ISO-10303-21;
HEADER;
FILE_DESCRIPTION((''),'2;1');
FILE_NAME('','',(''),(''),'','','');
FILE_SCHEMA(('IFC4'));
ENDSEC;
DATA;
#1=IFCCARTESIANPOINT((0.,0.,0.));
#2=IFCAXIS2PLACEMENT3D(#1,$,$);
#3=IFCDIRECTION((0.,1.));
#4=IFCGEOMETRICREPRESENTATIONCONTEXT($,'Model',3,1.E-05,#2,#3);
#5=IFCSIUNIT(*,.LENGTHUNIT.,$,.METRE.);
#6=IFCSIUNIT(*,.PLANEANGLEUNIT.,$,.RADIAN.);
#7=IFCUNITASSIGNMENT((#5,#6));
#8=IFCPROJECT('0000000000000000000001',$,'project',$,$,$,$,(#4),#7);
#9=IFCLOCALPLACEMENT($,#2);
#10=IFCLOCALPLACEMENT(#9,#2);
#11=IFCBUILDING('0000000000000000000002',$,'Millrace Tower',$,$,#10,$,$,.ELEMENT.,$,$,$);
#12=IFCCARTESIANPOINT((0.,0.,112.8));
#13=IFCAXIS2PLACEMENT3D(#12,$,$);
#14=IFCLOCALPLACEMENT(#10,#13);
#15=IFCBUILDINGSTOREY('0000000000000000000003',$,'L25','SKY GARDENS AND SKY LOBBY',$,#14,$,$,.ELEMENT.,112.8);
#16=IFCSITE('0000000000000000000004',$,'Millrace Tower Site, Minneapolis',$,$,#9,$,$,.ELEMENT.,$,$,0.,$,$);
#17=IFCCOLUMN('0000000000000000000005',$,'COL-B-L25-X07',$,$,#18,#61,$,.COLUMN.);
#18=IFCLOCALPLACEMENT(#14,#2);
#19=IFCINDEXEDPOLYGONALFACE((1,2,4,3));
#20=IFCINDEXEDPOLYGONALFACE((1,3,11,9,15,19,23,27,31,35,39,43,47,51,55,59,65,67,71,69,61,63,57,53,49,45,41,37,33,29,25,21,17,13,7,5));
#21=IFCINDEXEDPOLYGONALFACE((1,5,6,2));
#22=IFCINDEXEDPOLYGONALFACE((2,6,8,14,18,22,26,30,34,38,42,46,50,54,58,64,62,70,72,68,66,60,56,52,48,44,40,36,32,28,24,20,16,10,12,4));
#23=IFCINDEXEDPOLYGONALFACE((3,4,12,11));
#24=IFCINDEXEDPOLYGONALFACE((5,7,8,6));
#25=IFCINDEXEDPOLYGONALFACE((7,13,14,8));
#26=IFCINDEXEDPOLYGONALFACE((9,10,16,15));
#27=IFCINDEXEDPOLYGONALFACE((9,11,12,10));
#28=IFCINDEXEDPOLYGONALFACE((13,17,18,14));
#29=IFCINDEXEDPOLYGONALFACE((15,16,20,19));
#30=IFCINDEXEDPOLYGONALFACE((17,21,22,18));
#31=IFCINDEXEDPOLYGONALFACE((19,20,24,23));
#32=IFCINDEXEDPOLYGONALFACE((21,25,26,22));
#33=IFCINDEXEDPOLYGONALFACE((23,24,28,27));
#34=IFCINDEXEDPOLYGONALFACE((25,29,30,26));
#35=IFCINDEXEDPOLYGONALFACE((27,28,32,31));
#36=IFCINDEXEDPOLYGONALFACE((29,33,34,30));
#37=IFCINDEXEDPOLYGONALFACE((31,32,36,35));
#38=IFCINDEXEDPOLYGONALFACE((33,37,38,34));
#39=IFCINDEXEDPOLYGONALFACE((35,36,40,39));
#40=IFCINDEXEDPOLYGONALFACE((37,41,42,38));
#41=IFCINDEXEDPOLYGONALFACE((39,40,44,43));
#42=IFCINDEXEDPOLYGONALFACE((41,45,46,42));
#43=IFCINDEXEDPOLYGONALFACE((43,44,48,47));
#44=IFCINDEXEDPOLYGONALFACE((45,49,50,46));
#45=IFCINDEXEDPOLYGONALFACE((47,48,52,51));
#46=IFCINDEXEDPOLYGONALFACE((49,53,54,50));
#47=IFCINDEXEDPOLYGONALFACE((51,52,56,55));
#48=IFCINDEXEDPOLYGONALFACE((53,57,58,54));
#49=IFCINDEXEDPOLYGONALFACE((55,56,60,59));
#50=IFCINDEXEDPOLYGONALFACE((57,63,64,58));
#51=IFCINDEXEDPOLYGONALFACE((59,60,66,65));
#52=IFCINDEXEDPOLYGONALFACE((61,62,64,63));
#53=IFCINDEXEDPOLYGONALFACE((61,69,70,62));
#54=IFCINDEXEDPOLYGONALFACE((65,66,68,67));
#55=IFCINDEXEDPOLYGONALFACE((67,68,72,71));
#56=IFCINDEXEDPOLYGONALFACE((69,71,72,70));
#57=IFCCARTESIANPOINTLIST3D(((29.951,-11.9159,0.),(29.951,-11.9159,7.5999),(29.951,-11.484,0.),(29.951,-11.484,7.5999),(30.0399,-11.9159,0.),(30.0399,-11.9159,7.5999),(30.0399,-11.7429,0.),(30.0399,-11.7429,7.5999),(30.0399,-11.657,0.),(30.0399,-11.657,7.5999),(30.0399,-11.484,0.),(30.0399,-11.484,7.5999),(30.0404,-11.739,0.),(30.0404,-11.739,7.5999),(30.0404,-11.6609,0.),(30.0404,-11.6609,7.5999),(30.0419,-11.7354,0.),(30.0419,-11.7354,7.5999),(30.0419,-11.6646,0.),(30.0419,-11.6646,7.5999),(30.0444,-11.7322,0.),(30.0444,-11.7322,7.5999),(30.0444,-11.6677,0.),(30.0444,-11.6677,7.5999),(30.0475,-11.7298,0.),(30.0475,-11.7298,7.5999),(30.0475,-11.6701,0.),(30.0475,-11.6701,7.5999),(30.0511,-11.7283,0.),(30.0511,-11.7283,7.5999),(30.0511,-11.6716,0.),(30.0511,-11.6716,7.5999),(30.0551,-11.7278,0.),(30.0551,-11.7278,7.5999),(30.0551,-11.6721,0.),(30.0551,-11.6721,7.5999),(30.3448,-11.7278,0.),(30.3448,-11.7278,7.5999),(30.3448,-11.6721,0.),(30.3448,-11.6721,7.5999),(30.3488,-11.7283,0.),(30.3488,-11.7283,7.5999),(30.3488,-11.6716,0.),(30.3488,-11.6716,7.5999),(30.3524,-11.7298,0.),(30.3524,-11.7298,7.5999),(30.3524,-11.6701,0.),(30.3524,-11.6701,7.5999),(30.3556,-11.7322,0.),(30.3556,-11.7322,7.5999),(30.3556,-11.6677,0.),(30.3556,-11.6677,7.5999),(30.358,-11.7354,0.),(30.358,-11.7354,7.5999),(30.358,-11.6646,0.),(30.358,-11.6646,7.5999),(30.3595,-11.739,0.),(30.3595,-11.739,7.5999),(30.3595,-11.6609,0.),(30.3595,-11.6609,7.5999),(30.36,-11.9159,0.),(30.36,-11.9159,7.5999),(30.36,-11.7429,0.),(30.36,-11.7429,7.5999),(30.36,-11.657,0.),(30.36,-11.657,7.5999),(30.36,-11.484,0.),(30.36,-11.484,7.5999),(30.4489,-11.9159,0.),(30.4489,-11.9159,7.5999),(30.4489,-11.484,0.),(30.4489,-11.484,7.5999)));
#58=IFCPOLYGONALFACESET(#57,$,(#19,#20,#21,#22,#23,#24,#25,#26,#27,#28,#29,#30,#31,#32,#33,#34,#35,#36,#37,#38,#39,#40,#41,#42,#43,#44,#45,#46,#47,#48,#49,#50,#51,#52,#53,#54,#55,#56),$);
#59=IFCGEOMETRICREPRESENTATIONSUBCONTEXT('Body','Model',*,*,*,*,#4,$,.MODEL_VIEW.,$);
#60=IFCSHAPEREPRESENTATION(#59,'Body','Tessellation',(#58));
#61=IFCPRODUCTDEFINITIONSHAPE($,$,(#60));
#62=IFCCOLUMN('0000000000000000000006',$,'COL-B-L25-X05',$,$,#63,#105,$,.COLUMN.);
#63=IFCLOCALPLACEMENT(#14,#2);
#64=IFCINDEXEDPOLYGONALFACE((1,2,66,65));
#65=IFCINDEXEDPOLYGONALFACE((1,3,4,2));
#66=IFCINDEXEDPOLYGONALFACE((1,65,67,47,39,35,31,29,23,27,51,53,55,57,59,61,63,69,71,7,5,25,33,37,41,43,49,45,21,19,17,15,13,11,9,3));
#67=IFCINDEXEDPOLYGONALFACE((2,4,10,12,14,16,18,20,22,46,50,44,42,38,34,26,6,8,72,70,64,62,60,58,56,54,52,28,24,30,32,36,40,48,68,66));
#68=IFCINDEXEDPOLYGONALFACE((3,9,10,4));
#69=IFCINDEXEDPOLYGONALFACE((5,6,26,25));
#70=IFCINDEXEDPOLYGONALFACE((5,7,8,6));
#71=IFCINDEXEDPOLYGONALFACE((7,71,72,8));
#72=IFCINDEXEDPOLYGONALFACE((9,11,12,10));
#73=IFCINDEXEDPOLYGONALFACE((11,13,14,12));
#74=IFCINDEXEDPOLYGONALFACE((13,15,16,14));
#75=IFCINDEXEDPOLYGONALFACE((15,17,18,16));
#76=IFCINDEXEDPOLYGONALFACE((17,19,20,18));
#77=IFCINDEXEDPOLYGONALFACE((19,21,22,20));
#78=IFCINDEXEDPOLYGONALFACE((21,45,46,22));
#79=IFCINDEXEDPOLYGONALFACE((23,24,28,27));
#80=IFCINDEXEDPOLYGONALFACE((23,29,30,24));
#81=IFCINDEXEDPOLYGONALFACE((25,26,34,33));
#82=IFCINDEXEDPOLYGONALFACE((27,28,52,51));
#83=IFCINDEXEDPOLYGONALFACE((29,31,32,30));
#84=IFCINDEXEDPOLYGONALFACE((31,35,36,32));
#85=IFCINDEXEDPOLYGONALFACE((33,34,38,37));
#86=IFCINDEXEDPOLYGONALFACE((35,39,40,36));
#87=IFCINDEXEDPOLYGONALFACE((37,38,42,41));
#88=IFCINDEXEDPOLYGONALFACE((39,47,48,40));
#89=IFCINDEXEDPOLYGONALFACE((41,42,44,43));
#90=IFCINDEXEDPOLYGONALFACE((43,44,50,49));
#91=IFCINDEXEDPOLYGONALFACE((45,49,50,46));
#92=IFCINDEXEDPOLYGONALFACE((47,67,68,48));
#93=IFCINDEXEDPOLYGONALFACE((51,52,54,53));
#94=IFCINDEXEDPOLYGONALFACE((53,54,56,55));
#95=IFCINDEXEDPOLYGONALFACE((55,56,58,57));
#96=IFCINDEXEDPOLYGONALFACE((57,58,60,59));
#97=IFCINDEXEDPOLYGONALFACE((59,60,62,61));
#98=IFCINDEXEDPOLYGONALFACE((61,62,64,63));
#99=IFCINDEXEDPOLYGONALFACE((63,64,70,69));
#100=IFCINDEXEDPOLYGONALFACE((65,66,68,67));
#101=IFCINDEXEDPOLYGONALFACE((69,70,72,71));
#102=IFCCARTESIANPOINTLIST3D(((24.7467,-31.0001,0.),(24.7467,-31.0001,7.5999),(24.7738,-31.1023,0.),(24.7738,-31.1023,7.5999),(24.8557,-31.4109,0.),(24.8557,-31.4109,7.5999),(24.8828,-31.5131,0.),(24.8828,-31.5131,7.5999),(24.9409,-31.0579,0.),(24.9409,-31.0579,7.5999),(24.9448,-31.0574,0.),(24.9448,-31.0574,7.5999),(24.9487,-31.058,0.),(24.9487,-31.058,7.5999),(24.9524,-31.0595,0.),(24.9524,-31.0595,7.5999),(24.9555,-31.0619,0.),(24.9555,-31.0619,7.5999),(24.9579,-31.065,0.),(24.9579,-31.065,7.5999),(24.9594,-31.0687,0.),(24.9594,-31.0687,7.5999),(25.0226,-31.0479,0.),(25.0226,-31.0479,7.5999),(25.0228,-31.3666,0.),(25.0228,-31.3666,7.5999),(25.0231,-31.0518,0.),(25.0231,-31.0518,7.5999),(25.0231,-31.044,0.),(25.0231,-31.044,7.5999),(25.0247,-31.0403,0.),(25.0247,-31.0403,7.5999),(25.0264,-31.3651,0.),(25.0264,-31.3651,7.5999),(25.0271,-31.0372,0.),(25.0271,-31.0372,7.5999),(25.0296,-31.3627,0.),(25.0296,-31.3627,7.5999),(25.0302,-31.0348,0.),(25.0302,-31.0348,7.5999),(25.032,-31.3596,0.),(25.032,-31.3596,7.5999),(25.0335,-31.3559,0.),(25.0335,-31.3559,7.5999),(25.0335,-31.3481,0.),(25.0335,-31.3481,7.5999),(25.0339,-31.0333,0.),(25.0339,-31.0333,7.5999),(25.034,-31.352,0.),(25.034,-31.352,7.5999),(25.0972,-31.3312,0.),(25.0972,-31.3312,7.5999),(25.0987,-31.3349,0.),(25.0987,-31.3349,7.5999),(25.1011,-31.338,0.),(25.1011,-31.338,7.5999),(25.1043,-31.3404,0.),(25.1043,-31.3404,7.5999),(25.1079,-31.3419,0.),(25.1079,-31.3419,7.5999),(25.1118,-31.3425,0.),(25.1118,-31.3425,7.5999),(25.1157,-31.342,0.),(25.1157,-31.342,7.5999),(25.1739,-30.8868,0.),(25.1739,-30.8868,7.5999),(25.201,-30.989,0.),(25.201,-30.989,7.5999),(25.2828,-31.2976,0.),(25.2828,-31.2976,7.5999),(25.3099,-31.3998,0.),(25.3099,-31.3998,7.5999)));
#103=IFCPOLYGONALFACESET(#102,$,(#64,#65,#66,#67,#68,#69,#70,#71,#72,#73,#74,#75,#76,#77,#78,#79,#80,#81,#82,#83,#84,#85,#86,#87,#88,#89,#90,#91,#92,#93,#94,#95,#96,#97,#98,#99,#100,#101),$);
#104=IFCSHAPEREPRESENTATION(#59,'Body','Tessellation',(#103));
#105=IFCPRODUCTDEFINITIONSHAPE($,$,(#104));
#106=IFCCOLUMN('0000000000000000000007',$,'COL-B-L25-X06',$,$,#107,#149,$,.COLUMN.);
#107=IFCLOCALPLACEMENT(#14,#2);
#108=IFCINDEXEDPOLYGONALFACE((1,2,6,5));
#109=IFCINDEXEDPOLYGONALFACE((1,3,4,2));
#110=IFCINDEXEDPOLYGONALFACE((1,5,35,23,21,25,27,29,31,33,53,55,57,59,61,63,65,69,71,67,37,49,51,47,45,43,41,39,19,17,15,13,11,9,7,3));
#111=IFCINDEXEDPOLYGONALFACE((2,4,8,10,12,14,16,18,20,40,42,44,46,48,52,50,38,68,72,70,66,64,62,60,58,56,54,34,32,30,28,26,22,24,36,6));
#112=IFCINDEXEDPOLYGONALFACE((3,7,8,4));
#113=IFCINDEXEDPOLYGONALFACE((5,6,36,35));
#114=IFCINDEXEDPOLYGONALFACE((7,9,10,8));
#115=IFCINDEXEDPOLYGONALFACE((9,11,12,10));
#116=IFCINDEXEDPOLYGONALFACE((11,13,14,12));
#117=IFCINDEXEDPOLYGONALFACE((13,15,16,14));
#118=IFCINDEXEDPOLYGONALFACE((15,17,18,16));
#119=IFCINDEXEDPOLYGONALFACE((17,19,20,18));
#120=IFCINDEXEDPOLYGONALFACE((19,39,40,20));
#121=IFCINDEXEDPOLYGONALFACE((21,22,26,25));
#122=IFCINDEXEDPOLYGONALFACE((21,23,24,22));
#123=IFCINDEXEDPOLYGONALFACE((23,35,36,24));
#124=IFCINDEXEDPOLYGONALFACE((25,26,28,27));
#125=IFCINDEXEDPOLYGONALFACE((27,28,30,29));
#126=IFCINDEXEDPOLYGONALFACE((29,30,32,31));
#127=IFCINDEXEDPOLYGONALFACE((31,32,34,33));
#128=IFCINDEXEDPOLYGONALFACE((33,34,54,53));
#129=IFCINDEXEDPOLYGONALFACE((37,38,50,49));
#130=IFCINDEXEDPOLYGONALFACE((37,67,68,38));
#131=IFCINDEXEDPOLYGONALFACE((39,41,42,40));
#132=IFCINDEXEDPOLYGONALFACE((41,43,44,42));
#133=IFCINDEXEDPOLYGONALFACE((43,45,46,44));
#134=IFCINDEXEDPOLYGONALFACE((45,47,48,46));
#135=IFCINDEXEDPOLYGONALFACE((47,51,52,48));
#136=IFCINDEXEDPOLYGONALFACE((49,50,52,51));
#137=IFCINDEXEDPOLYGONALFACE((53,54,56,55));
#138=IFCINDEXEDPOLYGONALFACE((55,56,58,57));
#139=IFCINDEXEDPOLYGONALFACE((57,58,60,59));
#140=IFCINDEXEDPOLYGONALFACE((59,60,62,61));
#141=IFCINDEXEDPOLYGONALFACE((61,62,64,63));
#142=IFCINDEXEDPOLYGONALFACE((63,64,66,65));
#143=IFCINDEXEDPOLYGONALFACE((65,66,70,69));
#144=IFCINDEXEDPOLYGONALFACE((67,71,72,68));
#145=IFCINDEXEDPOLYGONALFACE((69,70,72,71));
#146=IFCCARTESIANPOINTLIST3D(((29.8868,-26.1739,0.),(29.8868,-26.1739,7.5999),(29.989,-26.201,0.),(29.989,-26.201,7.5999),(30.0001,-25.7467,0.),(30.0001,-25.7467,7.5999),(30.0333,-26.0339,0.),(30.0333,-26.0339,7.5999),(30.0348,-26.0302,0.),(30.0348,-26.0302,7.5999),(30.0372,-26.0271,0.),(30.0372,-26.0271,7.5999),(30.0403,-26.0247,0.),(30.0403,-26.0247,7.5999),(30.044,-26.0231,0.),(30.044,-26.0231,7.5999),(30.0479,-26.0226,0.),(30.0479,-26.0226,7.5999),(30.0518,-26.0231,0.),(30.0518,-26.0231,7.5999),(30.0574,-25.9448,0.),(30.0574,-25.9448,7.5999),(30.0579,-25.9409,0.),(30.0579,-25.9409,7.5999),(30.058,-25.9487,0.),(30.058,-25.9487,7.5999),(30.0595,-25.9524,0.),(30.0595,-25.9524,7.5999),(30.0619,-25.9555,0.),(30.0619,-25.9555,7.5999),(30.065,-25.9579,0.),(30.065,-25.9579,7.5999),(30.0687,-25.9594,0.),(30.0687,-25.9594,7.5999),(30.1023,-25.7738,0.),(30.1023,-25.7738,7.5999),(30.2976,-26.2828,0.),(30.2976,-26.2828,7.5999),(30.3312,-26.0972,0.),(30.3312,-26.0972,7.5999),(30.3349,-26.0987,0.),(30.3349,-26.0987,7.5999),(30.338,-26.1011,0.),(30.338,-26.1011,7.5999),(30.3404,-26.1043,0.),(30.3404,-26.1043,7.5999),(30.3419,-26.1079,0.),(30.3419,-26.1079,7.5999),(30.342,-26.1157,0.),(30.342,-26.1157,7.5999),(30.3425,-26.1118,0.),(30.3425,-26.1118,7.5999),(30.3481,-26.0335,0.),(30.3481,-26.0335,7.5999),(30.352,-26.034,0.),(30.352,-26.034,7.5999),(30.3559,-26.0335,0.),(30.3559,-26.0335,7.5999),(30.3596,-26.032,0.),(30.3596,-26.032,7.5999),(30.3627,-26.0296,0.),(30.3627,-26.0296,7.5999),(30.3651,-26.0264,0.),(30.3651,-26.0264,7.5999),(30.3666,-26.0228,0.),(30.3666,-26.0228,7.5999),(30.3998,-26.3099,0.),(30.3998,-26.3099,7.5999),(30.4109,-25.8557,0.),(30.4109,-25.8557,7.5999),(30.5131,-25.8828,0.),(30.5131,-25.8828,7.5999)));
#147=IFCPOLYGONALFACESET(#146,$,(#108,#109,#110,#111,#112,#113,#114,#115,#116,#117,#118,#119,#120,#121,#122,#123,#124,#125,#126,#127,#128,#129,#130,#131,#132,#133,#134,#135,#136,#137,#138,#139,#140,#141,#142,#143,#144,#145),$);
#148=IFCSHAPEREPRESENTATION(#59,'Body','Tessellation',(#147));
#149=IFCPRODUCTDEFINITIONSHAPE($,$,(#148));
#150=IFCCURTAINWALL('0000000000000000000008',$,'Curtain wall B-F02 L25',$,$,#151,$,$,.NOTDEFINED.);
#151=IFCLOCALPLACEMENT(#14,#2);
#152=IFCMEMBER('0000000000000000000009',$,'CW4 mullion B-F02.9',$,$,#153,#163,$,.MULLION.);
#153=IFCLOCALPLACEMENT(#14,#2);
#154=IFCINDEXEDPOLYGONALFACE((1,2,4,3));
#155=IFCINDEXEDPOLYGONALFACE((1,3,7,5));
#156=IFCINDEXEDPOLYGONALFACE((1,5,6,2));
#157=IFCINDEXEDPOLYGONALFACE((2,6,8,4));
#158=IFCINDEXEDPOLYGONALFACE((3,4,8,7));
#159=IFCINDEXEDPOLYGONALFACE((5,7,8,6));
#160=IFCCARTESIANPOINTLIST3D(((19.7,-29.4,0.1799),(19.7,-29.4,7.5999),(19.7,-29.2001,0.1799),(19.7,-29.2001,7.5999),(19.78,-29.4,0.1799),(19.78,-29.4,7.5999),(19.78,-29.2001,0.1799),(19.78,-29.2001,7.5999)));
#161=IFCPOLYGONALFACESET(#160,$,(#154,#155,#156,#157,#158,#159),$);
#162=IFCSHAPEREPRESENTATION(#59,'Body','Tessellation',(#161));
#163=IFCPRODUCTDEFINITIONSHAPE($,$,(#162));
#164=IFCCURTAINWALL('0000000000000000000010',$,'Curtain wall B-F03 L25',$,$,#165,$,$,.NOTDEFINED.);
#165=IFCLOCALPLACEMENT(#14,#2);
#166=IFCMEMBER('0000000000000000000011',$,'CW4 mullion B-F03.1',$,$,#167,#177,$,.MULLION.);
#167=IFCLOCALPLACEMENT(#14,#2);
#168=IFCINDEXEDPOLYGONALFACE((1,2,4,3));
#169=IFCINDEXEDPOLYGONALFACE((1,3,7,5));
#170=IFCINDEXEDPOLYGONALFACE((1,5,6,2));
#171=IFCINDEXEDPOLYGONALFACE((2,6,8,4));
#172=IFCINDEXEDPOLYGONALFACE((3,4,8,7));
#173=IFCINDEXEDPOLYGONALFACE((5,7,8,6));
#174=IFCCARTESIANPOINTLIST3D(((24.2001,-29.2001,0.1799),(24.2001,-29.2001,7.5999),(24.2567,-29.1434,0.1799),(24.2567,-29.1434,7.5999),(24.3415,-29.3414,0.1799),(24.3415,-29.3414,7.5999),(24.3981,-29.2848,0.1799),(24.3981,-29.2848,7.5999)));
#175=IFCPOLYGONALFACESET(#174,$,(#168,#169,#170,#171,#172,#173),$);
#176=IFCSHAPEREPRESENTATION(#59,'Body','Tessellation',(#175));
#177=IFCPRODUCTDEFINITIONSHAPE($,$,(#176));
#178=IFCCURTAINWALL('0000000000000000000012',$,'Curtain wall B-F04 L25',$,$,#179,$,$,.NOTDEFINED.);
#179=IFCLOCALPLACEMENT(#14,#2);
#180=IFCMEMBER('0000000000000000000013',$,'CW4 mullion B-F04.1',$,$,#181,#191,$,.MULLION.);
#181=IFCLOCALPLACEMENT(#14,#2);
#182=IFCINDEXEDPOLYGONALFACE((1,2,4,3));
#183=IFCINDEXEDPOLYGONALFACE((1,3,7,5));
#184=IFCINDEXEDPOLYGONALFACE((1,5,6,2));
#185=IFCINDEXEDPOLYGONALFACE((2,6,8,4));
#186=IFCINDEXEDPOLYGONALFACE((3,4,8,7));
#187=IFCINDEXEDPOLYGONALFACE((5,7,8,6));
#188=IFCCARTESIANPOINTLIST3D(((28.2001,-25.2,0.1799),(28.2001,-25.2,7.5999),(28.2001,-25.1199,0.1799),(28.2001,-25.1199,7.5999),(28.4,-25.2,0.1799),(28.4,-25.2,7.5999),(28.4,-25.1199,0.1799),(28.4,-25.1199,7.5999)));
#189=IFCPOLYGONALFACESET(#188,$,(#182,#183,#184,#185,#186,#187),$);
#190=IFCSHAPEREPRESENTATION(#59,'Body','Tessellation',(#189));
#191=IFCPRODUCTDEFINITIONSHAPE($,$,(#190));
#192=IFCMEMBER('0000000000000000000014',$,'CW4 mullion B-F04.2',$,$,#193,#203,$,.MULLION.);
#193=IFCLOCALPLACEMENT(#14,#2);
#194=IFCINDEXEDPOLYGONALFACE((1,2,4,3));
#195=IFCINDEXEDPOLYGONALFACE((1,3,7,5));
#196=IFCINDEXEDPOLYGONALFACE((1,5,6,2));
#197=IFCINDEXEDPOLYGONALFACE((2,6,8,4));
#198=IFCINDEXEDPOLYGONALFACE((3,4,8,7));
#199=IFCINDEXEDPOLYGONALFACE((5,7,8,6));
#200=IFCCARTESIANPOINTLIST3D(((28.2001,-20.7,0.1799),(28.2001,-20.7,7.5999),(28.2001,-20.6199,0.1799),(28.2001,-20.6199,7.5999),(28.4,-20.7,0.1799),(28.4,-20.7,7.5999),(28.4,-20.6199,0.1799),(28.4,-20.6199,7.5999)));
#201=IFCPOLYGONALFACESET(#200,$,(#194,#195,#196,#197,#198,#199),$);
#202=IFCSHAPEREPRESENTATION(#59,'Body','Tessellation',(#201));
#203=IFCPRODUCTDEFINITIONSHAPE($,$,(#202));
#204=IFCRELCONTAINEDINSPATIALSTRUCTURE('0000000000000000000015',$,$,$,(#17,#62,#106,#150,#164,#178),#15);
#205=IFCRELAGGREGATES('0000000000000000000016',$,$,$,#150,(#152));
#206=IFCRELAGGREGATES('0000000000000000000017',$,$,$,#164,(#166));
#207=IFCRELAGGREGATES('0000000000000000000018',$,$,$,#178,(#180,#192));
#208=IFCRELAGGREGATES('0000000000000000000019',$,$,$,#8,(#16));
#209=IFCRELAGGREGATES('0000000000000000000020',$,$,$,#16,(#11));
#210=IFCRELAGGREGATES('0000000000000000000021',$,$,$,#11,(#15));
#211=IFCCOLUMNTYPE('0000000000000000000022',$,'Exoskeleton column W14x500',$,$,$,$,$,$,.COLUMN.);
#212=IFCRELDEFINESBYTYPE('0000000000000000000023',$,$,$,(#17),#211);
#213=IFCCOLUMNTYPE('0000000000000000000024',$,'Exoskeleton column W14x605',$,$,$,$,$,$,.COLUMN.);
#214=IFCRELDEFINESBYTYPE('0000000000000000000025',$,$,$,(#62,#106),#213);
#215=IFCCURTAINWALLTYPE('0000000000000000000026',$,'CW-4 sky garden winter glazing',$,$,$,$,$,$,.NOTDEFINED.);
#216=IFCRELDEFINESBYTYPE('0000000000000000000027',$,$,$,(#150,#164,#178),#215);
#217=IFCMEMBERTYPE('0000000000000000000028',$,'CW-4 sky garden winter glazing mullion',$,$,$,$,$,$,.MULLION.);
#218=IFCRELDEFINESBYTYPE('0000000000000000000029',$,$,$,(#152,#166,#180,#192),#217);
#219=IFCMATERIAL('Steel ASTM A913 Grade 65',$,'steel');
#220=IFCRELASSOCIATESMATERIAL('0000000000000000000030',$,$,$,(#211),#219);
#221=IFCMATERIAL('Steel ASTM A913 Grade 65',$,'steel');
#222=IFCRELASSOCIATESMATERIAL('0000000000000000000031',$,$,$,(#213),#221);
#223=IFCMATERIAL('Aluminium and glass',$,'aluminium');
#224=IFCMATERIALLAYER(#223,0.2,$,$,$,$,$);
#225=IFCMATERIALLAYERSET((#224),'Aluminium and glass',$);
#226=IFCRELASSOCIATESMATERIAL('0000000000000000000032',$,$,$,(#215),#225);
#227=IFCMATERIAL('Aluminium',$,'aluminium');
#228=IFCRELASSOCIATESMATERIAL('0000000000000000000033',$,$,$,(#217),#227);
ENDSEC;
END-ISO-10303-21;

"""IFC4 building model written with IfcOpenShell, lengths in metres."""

from ifc_helpers import new_model, si_unit, direction, frame, origin, origin_2d, place, context, subcontext, project, spatial, rectangle, i_section, extrude, material, layer, layer_set, material_profile, profile_set, type_object, element, aggregate, save


model = new_model("IFC4")

# Units and contexts
model_context = context("Model", 3, precision=1e-05, world=origin(), true_north=direction((0.0, 1.0)))
body_context = subcontext(model_context, "Body", "Model", "MODEL_VIEW")
ifc_project = project(units=[si_unit("LENGTHUNIT", "METRE"), si_unit("PLANEANGLEUNIT", "RADIAN")], contexts=[model_context])

# Site, building, storey
site_placement = place(None, origin())
site = spatial("IfcSite", under=ifc_project, at=site_placement, Name="Millrace Tower Site, Minneapolis", CompositionType="ELEMENT", RefElevation=0.0)
building_placement = place(site_placement, origin())
building = spatial("IfcBuilding", under=site, at=building_placement, Name="Millrace Tower", CompositionType="ELEMENT")
storey_placement = place(building_placement, frame((0.0, 0.0, 112.8)))
storey = spatial("IfcBuildingStorey", under=building, at=storey_placement, Name="L25", Description="SKY GARDENS AND SKY LOBBY", CompositionType="ELEMENT", Elevation=112.8)

# Columns
ifc_material_1 = material(Name="Steel ASTM A913 Grade 65", Category="steel")
ifc_material_profile_1 = material_profile(ifc_material_1, i_section(OverallWidth=0.4319, OverallDepth=0.4978, WebThickness=0.0557, FlangeThickness=0.0889, FilletRadius=0.0151, at=origin_2d()))
ifc_profile_set_1 = profile_set([ifc_material_profile_1], Name="Steel ASTM A913 Grade 65")
column_type_1 = type_object("IfcColumnType", Name="Exoskeleton column W14x500", PredefinedType="COLUMN", material=ifc_profile_set_1)
column_placement = place(storey_placement, frame((30.2, -11.7, 0.0), z_axis=(0.0, 0.0, 1.0), x_axis=(0.0, 1.0, 0.0)))
element("IfcColumn", 1, at=column_placement, inside=storey, type_object=column_type_1, Name="COL-B-L25-X07", PredefinedType="COLUMN", context=body_context, shape_type="SweptSolid", body=[
    extrude(i_section(OverallWidth=0.4319, OverallDepth=0.4978, WebThickness=0.0557, FlangeThickness=0.0889, FilletRadius=0.0151, at=origin_2d()), origin(), (0.0, 0.0, 1.0), 7.5999),
])
ifc_material_2 = material(Name="Steel ASTM A913 Grade 65", Category="steel")
ifc_material_profile_2 = material_profile(ifc_material_2, i_section(OverallWidth=0.4419, OverallDepth=0.5308, WebThickness=0.0659, FlangeThickness=0.1057, FilletRadius=0.0151, at=origin_2d()))
ifc_profile_set_2 = profile_set([ifc_material_profile_2], Name="Steel ASTM A913 Grade 65")
column_type_2 = type_object("IfcColumnType", Name="Exoskeleton column W14x605", PredefinedType="COLUMN", material=ifc_profile_set_2)
for number, where, z_axis, x_axis, name in (
    (2, (25.0283, -31.2, 0.0), (0.0, 0.0, 1.0), (0.966585, 0.256347, 0.0), "COL-B-L25-X05"),
    (3, (30.2, -26.0283, 0.0), (0.0, 0.0, 1.0), (0.256347, 0.966585, 0.0), "COL-B-L25-X06"),
):
    element("IfcColumn", number, at=place(storey_placement, frame(where, z_axis=z_axis, x_axis=x_axis)), inside=storey, type_object=column_type_2, Name=name, PredefinedType="COLUMN", context=body_context, shape_type="SweptSolid", body=[
        extrude(i_section(OverallWidth=0.4419, OverallDepth=0.5308, WebThickness=0.0659, FlangeThickness=0.1057, FilletRadius=0.0151, at=origin_2d()), origin(), (0.0, 0.0, 1.0), 7.5999),
    ])

# Curtain walls, members
ifc_material_3 = material(Name="Aluminium and glass", Category="aluminium")
ifc_layer_1 = layer(ifc_material_3, 0.2)
ifc_layer_set_1 = layer_set([ifc_layer_1], Name="Aluminium and glass")
curtain_wall_type = type_object("IfcCurtainWallType", Name="CW-4 sky garden winter glazing", PredefinedType="NOTDEFINED", material=ifc_layer_set_1)
placement = place(storey_placement, origin())
curtain_wall_1 = element("IfcCurtainWall", 4, at=placement, inside=storey, type_object=curtain_wall_type, Name="Curtain wall B-F02 L25", PredefinedType="NOTDEFINED")
ifc_material_4 = material(Name="Aluminium", Category="aluminium")
ifc_material_profile_3 = material_profile(ifc_material_4, rectangle(XDim=0.0801, YDim=0.2, at=origin_2d()))
ifc_profile_set_3 = profile_set([ifc_material_profile_3], Name="Aluminium")
member_type_1 = type_object("IfcMemberType", Name="CW-4 sky garden winter glazing mullion", PredefinedType="MULLION", material=ifc_profile_set_3)
member_1_placement = place(storey_placement, frame((19.74, -29.3, 0.1799), z_axis=(0.0, 0.0, 1.0), x_axis=(1.0, 0.0, 0.0)))
member_1 = element("IfcMember", 5, at=member_1_placement, type_object=member_type_1, Name="CW4 mullion B-F02.9", PredefinedType="MULLION", context=body_context, shape_type="SweptSolid", body=[
    extrude(rectangle(XDim=0.0801, YDim=0.2, at=origin_2d()), origin(), (0.0, 0.0, 1.0), 7.4199),
])
aggregate(curtain_wall_1, [member_1])
curtain_wall_2 = element("IfcCurtainWall", 6, at=placement, inside=storey, type_object=curtain_wall_type, Name="Curtain wall B-F03 L25", PredefinedType="NOTDEFINED")
member_2_placement = place(storey_placement, frame((24.2991, -29.2424, 0.1799), z_axis=(0.0, 0.0, 1.0), x_axis=(0.707107, 0.707107, 0.0)))
member_2 = element("IfcMember", 7, at=member_2_placement, type_object=member_type_1, Name="CW4 mullion B-F03.1", PredefinedType="MULLION", context=body_context, shape_type="SweptSolid", body=[
    extrude(rectangle(XDim=0.0801, YDim=0.2, at=origin_2d()), origin(), (0.0, 0.0, 1.0), 7.4199),
])

# Curtain wall, members
curtain_wall_3 = element("IfcCurtainWall", 8, at=placement, inside=storey, type_object=curtain_wall_type, Name="Curtain wall B-F04 L25", PredefinedType="NOTDEFINED")
member_3_placement = place(storey_placement, frame((28.3, -25.1599, 0.1799), z_axis=(0.0, 0.0, 1.0), x_axis=(0.0, 1.0, 0.0)))
member_3 = element("IfcMember", 9, at=member_3_placement, type_object=member_type_1, Name="CW4 mullion B-F04.1", PredefinedType="MULLION", context=body_context, shape_type="SweptSolid", body=[
    extrude(rectangle(XDim=0.0801, YDim=0.2, at=origin_2d()), origin(), (0.0, 0.0, 1.0), 7.4199),
])
member_4_placement = place(storey_placement, frame((28.3, -20.6599, 0.1799), z_axis=(0.0, 0.0, 1.0), x_axis=(0.0, 1.0, 0.0)))
member_4 = element("IfcMember", 10, at=member_4_placement, type_object=member_type_1, Name="CW4 mullion B-F04.2", PredefinedType="MULLION", context=body_context, shape_type="SweptSolid", body=[
    extrude(rectangle(XDim=0.0801, YDim=0.2, at=origin_2d()), origin(), (0.0, 0.0, 1.0), 7.4199),
])

aggregate(curtain_wall_2, [member_2])
aggregate(curtain_wall_3, [member_3, member_4])

save(model, "model.ifc")
